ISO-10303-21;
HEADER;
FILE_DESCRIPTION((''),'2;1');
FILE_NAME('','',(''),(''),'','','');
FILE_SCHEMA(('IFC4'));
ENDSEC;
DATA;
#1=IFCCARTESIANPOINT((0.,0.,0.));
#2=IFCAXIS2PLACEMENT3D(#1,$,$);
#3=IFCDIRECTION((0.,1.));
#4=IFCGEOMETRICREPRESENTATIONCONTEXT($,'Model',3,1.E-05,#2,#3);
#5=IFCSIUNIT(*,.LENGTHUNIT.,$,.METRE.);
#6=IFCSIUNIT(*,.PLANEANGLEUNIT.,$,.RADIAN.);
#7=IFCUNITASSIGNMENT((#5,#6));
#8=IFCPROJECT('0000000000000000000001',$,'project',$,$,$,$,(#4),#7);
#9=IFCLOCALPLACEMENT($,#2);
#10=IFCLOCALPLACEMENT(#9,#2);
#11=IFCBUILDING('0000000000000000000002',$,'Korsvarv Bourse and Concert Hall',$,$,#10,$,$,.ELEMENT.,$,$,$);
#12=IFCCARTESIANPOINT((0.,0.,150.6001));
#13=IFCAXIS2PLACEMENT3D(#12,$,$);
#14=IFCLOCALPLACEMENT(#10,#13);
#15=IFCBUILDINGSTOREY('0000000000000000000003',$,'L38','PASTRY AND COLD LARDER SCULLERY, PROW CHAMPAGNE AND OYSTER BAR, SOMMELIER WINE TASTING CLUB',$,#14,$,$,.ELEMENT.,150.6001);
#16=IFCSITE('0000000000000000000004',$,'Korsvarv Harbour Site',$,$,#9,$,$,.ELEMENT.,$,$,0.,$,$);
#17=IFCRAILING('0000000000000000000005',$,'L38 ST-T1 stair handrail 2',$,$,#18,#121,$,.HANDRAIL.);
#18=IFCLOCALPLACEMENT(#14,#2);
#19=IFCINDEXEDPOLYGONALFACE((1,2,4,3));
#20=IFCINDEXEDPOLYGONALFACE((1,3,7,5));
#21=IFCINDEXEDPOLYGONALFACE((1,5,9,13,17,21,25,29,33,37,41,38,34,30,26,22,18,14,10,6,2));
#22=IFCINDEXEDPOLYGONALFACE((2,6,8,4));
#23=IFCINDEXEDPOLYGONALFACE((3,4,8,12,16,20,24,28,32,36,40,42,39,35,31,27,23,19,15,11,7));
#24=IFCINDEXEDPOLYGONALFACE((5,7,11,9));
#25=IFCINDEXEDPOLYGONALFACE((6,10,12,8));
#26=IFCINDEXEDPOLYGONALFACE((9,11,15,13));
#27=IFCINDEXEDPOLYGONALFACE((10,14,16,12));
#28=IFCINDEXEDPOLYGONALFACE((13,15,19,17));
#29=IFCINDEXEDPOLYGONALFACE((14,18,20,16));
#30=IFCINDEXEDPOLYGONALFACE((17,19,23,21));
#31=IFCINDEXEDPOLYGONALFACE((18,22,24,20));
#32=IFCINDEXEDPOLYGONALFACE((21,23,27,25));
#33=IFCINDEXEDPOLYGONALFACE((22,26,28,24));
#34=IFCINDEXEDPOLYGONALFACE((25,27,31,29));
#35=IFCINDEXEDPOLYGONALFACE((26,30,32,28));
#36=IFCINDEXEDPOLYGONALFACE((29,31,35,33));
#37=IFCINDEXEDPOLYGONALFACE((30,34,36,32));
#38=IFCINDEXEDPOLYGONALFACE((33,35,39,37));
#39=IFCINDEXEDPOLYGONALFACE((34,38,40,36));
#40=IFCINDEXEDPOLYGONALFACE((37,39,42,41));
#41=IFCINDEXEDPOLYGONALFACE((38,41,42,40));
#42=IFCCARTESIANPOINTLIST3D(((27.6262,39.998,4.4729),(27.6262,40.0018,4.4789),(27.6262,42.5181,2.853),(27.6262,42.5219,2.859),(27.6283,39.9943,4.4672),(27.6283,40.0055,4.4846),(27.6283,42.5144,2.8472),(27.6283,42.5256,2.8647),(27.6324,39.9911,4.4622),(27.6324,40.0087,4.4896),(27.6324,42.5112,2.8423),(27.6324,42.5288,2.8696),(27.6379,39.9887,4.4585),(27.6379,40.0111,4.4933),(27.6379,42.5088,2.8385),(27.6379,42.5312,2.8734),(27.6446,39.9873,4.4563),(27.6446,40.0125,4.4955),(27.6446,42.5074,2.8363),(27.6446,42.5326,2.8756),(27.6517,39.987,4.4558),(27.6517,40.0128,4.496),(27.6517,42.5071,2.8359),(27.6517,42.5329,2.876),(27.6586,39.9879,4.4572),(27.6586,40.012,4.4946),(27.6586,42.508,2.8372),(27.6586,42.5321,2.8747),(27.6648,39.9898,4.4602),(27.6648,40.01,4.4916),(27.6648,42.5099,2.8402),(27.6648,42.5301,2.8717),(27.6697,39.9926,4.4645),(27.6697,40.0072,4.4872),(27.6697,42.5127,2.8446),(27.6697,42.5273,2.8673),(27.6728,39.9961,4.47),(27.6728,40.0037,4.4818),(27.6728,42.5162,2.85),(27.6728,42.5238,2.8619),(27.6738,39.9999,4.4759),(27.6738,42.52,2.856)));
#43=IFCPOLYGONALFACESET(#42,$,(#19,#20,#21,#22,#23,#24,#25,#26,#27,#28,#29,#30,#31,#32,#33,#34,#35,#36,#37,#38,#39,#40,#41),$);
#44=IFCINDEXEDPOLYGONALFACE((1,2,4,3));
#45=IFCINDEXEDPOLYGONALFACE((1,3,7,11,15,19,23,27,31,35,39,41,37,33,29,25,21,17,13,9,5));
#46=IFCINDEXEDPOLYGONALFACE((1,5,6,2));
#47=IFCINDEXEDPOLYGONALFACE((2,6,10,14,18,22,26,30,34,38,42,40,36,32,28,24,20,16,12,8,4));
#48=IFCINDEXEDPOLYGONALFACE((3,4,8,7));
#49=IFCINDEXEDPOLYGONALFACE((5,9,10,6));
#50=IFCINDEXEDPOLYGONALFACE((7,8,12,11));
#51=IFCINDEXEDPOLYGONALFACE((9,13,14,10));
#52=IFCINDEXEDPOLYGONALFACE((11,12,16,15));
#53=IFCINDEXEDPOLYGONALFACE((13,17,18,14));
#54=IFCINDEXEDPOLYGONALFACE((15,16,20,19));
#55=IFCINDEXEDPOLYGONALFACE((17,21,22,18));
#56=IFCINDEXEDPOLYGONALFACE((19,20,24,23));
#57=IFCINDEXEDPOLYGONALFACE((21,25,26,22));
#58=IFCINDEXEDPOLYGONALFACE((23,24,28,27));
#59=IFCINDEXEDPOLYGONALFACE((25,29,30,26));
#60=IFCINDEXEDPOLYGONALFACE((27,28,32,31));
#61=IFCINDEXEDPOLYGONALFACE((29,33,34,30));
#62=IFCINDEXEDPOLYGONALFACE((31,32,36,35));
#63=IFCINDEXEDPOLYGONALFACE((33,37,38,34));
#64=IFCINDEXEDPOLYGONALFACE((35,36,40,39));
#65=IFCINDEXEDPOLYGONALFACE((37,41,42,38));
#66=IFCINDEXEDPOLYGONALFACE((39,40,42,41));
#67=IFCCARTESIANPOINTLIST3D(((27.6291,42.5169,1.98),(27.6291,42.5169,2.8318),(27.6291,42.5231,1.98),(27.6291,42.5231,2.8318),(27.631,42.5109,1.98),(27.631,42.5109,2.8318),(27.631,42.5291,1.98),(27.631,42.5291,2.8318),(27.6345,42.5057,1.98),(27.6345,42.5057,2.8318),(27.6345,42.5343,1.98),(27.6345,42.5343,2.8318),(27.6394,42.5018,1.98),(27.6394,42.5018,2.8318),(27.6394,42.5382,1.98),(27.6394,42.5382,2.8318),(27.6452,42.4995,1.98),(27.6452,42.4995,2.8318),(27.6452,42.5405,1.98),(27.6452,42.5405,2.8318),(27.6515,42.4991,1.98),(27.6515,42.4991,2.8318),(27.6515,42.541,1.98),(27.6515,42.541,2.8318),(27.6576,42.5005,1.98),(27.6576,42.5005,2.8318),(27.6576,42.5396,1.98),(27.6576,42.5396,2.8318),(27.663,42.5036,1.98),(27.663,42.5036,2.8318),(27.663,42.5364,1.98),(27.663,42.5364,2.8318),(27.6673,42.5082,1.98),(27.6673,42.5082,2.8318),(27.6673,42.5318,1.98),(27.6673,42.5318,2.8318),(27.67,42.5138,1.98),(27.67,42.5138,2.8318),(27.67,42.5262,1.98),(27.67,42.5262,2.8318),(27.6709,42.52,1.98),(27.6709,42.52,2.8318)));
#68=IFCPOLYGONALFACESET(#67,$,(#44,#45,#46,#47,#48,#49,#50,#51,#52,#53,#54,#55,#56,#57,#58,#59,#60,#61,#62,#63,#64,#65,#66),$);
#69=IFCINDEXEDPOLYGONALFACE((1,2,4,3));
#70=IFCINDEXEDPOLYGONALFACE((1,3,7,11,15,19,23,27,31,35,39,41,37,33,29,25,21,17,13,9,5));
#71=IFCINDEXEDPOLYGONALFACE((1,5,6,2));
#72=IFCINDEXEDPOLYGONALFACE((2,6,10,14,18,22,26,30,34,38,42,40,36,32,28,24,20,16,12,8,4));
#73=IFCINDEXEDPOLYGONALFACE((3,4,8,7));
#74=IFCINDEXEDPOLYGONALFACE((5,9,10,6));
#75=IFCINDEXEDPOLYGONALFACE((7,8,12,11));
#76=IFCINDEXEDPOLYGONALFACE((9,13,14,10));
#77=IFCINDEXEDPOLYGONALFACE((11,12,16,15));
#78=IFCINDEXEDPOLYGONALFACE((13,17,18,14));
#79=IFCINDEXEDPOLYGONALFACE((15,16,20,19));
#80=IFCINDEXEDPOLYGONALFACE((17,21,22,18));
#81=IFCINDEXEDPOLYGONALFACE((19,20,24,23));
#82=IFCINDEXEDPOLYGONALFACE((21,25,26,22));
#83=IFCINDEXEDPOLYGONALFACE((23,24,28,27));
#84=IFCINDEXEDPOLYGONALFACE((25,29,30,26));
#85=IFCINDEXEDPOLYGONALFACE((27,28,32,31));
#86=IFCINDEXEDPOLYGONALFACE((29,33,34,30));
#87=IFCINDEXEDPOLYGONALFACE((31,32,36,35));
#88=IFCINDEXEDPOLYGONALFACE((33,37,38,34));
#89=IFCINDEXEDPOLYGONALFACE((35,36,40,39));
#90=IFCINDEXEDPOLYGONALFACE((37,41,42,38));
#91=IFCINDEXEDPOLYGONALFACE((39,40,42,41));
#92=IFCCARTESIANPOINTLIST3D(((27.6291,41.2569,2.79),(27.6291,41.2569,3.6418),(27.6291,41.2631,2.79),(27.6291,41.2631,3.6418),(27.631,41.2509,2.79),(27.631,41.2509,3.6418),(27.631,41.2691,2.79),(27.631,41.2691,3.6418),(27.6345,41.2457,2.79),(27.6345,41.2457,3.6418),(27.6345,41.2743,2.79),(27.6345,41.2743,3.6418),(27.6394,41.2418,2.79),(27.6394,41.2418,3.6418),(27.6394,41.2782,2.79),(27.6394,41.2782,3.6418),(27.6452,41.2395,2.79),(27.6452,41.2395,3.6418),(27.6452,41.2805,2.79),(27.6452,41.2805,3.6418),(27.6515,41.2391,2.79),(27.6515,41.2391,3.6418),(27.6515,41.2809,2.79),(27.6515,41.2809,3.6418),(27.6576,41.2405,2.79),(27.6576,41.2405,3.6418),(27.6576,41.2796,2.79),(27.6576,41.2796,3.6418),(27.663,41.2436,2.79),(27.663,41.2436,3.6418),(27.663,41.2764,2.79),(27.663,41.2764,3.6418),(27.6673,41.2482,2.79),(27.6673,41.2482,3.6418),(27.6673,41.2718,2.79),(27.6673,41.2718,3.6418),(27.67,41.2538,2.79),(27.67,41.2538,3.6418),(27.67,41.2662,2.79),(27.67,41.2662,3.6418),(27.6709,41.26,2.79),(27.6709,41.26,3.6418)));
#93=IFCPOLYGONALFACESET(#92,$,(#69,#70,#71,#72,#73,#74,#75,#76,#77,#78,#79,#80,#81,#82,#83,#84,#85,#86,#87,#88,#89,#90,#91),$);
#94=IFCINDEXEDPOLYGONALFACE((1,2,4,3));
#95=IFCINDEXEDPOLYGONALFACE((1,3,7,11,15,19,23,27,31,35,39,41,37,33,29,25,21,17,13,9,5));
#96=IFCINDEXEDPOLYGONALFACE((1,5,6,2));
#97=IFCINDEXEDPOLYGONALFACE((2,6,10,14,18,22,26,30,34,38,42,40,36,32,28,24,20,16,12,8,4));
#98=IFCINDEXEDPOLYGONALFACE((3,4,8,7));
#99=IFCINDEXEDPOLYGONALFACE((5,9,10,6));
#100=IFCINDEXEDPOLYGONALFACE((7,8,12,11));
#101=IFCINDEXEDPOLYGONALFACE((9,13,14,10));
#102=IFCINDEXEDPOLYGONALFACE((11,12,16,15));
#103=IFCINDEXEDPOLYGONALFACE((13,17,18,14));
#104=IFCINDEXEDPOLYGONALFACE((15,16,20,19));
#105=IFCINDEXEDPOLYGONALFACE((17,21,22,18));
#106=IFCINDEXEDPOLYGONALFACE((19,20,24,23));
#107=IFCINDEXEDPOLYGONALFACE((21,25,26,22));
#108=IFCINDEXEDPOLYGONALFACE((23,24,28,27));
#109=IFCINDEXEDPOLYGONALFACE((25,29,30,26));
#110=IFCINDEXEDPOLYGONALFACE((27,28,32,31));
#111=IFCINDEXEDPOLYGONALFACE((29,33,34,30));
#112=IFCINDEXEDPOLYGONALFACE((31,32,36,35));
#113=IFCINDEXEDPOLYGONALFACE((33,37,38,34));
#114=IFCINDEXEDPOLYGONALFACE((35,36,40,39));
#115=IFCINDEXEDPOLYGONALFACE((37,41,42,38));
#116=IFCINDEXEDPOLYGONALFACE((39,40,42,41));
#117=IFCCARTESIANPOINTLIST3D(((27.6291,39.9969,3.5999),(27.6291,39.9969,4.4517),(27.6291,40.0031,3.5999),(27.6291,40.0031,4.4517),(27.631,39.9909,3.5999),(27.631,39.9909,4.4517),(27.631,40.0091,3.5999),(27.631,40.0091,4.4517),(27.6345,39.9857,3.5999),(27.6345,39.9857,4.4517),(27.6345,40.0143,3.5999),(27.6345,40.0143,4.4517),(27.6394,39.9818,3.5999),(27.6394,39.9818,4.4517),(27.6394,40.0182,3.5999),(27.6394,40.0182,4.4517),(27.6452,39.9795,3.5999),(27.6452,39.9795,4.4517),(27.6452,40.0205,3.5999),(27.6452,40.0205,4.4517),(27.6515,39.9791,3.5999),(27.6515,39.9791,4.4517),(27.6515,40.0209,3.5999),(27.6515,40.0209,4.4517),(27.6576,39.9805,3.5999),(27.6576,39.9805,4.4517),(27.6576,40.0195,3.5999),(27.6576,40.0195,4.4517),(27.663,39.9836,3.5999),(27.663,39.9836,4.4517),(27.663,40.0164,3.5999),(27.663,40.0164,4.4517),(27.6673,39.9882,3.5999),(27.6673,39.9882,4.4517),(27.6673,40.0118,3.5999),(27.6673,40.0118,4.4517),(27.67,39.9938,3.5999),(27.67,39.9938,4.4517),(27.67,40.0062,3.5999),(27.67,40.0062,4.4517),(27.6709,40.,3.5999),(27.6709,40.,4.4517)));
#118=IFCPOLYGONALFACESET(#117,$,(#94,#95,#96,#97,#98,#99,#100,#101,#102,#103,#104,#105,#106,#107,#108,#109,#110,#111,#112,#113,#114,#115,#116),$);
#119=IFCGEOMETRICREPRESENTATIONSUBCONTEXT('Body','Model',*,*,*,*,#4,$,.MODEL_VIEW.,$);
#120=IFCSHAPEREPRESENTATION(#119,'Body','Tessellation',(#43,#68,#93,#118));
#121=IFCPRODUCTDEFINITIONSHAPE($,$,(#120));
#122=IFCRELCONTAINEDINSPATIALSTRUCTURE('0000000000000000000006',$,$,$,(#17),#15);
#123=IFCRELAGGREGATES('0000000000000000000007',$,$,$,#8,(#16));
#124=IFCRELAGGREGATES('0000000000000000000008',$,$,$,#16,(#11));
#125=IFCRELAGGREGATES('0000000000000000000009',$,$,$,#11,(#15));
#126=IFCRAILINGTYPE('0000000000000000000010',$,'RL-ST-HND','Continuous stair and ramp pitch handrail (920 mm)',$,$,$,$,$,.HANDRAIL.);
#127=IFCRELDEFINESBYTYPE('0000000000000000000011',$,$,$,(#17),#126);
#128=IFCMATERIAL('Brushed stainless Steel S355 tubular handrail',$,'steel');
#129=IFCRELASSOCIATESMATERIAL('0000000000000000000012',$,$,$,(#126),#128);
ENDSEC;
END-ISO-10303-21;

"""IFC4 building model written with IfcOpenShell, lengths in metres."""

from ifc_helpers import new_model, si_unit, direction, frame, origin, origin_2d, place, context, subcontext, project, spatial, circle, extrude, material, type_object, element, save


model = new_model("IFC4")

# Units and contexts
model_context = context("Model", 3, precision=1e-05, world=origin(), true_north=direction((0.0, 1.0)))
body_context = subcontext(model_context, "Body", "Model", "MODEL_VIEW")
ifc_project = project(units=[si_unit("LENGTHUNIT", "METRE"), si_unit("PLANEANGLEUNIT", "RADIAN")], contexts=[model_context])

# Site, building, storey
site_placement = place(None, origin())
site = spatial("IfcSite", under=ifc_project, at=site_placement, Name="Korsvarv Harbour Site", CompositionType="ELEMENT", RefElevation=0.0)
building_placement = place(site_placement, origin())
building = spatial("IfcBuilding", under=site, at=building_placement, Name="Korsvarv Bourse and Concert Hall", CompositionType="ELEMENT")
storey_placement = place(building_placement, frame((0.0, 0.0, 150.6001)))
storey = spatial("IfcBuildingStorey", under=building, at=storey_placement, Name="L38", Description="PASTRY AND COLD LARDER SCULLERY, PROW CHAMPAGNE AND OYSTER BAR, SOMMELIER WINE TASTING CLUB", CompositionType="ELEMENT", Elevation=150.6001)

# Railing
ifc_material_1 = material(Name="Brushed stainless Steel S355 tubular handrail", Category="steel")
railing_type_1 = type_object("IfcRailingType", Name="RL-ST-HND", Description="Continuous stair and ramp pitch handrail (920 mm)", PredefinedType="HANDRAIL", material=ifc_material_1)
railing_1_placement = place(storey_placement, frame((27.6499, 42.52, 1.98)))
element("IfcRailing", 1, at=railing_1_placement, inside=storey, type_object=railing_type_1, Name="L38 ST-T1 stair handrail 2", PredefinedType="HANDRAIL", context=body_context, shape_type="SweptSolid", body=[
    extrude(circle(Radius=0.0239, at=origin_2d()), frame((0.0, 0.0, 0.876), z_axis=(0.0, -0.8412, 0.540725), x_axis=(1.0, 0.0, 0.0)), (0.0, 0.0, 1.0), 2.9958),
    extrude(circle(Radius=0.021, at=origin_2d()), origin(), (0.0, 0.0, 1.0), 0.8518),
    extrude(circle(Radius=0.021, at=origin_2d()), frame((0.0, -1.26, 0.8101)), (0.0, 0.0, 1.0), 0.8518),
    extrude(circle(Radius=0.021, at=origin_2d()), frame((0.0, -2.52, 1.6199)), (0.0, 0.0, 1.0), 0.8518),
])

save(model, "model.ifc")
